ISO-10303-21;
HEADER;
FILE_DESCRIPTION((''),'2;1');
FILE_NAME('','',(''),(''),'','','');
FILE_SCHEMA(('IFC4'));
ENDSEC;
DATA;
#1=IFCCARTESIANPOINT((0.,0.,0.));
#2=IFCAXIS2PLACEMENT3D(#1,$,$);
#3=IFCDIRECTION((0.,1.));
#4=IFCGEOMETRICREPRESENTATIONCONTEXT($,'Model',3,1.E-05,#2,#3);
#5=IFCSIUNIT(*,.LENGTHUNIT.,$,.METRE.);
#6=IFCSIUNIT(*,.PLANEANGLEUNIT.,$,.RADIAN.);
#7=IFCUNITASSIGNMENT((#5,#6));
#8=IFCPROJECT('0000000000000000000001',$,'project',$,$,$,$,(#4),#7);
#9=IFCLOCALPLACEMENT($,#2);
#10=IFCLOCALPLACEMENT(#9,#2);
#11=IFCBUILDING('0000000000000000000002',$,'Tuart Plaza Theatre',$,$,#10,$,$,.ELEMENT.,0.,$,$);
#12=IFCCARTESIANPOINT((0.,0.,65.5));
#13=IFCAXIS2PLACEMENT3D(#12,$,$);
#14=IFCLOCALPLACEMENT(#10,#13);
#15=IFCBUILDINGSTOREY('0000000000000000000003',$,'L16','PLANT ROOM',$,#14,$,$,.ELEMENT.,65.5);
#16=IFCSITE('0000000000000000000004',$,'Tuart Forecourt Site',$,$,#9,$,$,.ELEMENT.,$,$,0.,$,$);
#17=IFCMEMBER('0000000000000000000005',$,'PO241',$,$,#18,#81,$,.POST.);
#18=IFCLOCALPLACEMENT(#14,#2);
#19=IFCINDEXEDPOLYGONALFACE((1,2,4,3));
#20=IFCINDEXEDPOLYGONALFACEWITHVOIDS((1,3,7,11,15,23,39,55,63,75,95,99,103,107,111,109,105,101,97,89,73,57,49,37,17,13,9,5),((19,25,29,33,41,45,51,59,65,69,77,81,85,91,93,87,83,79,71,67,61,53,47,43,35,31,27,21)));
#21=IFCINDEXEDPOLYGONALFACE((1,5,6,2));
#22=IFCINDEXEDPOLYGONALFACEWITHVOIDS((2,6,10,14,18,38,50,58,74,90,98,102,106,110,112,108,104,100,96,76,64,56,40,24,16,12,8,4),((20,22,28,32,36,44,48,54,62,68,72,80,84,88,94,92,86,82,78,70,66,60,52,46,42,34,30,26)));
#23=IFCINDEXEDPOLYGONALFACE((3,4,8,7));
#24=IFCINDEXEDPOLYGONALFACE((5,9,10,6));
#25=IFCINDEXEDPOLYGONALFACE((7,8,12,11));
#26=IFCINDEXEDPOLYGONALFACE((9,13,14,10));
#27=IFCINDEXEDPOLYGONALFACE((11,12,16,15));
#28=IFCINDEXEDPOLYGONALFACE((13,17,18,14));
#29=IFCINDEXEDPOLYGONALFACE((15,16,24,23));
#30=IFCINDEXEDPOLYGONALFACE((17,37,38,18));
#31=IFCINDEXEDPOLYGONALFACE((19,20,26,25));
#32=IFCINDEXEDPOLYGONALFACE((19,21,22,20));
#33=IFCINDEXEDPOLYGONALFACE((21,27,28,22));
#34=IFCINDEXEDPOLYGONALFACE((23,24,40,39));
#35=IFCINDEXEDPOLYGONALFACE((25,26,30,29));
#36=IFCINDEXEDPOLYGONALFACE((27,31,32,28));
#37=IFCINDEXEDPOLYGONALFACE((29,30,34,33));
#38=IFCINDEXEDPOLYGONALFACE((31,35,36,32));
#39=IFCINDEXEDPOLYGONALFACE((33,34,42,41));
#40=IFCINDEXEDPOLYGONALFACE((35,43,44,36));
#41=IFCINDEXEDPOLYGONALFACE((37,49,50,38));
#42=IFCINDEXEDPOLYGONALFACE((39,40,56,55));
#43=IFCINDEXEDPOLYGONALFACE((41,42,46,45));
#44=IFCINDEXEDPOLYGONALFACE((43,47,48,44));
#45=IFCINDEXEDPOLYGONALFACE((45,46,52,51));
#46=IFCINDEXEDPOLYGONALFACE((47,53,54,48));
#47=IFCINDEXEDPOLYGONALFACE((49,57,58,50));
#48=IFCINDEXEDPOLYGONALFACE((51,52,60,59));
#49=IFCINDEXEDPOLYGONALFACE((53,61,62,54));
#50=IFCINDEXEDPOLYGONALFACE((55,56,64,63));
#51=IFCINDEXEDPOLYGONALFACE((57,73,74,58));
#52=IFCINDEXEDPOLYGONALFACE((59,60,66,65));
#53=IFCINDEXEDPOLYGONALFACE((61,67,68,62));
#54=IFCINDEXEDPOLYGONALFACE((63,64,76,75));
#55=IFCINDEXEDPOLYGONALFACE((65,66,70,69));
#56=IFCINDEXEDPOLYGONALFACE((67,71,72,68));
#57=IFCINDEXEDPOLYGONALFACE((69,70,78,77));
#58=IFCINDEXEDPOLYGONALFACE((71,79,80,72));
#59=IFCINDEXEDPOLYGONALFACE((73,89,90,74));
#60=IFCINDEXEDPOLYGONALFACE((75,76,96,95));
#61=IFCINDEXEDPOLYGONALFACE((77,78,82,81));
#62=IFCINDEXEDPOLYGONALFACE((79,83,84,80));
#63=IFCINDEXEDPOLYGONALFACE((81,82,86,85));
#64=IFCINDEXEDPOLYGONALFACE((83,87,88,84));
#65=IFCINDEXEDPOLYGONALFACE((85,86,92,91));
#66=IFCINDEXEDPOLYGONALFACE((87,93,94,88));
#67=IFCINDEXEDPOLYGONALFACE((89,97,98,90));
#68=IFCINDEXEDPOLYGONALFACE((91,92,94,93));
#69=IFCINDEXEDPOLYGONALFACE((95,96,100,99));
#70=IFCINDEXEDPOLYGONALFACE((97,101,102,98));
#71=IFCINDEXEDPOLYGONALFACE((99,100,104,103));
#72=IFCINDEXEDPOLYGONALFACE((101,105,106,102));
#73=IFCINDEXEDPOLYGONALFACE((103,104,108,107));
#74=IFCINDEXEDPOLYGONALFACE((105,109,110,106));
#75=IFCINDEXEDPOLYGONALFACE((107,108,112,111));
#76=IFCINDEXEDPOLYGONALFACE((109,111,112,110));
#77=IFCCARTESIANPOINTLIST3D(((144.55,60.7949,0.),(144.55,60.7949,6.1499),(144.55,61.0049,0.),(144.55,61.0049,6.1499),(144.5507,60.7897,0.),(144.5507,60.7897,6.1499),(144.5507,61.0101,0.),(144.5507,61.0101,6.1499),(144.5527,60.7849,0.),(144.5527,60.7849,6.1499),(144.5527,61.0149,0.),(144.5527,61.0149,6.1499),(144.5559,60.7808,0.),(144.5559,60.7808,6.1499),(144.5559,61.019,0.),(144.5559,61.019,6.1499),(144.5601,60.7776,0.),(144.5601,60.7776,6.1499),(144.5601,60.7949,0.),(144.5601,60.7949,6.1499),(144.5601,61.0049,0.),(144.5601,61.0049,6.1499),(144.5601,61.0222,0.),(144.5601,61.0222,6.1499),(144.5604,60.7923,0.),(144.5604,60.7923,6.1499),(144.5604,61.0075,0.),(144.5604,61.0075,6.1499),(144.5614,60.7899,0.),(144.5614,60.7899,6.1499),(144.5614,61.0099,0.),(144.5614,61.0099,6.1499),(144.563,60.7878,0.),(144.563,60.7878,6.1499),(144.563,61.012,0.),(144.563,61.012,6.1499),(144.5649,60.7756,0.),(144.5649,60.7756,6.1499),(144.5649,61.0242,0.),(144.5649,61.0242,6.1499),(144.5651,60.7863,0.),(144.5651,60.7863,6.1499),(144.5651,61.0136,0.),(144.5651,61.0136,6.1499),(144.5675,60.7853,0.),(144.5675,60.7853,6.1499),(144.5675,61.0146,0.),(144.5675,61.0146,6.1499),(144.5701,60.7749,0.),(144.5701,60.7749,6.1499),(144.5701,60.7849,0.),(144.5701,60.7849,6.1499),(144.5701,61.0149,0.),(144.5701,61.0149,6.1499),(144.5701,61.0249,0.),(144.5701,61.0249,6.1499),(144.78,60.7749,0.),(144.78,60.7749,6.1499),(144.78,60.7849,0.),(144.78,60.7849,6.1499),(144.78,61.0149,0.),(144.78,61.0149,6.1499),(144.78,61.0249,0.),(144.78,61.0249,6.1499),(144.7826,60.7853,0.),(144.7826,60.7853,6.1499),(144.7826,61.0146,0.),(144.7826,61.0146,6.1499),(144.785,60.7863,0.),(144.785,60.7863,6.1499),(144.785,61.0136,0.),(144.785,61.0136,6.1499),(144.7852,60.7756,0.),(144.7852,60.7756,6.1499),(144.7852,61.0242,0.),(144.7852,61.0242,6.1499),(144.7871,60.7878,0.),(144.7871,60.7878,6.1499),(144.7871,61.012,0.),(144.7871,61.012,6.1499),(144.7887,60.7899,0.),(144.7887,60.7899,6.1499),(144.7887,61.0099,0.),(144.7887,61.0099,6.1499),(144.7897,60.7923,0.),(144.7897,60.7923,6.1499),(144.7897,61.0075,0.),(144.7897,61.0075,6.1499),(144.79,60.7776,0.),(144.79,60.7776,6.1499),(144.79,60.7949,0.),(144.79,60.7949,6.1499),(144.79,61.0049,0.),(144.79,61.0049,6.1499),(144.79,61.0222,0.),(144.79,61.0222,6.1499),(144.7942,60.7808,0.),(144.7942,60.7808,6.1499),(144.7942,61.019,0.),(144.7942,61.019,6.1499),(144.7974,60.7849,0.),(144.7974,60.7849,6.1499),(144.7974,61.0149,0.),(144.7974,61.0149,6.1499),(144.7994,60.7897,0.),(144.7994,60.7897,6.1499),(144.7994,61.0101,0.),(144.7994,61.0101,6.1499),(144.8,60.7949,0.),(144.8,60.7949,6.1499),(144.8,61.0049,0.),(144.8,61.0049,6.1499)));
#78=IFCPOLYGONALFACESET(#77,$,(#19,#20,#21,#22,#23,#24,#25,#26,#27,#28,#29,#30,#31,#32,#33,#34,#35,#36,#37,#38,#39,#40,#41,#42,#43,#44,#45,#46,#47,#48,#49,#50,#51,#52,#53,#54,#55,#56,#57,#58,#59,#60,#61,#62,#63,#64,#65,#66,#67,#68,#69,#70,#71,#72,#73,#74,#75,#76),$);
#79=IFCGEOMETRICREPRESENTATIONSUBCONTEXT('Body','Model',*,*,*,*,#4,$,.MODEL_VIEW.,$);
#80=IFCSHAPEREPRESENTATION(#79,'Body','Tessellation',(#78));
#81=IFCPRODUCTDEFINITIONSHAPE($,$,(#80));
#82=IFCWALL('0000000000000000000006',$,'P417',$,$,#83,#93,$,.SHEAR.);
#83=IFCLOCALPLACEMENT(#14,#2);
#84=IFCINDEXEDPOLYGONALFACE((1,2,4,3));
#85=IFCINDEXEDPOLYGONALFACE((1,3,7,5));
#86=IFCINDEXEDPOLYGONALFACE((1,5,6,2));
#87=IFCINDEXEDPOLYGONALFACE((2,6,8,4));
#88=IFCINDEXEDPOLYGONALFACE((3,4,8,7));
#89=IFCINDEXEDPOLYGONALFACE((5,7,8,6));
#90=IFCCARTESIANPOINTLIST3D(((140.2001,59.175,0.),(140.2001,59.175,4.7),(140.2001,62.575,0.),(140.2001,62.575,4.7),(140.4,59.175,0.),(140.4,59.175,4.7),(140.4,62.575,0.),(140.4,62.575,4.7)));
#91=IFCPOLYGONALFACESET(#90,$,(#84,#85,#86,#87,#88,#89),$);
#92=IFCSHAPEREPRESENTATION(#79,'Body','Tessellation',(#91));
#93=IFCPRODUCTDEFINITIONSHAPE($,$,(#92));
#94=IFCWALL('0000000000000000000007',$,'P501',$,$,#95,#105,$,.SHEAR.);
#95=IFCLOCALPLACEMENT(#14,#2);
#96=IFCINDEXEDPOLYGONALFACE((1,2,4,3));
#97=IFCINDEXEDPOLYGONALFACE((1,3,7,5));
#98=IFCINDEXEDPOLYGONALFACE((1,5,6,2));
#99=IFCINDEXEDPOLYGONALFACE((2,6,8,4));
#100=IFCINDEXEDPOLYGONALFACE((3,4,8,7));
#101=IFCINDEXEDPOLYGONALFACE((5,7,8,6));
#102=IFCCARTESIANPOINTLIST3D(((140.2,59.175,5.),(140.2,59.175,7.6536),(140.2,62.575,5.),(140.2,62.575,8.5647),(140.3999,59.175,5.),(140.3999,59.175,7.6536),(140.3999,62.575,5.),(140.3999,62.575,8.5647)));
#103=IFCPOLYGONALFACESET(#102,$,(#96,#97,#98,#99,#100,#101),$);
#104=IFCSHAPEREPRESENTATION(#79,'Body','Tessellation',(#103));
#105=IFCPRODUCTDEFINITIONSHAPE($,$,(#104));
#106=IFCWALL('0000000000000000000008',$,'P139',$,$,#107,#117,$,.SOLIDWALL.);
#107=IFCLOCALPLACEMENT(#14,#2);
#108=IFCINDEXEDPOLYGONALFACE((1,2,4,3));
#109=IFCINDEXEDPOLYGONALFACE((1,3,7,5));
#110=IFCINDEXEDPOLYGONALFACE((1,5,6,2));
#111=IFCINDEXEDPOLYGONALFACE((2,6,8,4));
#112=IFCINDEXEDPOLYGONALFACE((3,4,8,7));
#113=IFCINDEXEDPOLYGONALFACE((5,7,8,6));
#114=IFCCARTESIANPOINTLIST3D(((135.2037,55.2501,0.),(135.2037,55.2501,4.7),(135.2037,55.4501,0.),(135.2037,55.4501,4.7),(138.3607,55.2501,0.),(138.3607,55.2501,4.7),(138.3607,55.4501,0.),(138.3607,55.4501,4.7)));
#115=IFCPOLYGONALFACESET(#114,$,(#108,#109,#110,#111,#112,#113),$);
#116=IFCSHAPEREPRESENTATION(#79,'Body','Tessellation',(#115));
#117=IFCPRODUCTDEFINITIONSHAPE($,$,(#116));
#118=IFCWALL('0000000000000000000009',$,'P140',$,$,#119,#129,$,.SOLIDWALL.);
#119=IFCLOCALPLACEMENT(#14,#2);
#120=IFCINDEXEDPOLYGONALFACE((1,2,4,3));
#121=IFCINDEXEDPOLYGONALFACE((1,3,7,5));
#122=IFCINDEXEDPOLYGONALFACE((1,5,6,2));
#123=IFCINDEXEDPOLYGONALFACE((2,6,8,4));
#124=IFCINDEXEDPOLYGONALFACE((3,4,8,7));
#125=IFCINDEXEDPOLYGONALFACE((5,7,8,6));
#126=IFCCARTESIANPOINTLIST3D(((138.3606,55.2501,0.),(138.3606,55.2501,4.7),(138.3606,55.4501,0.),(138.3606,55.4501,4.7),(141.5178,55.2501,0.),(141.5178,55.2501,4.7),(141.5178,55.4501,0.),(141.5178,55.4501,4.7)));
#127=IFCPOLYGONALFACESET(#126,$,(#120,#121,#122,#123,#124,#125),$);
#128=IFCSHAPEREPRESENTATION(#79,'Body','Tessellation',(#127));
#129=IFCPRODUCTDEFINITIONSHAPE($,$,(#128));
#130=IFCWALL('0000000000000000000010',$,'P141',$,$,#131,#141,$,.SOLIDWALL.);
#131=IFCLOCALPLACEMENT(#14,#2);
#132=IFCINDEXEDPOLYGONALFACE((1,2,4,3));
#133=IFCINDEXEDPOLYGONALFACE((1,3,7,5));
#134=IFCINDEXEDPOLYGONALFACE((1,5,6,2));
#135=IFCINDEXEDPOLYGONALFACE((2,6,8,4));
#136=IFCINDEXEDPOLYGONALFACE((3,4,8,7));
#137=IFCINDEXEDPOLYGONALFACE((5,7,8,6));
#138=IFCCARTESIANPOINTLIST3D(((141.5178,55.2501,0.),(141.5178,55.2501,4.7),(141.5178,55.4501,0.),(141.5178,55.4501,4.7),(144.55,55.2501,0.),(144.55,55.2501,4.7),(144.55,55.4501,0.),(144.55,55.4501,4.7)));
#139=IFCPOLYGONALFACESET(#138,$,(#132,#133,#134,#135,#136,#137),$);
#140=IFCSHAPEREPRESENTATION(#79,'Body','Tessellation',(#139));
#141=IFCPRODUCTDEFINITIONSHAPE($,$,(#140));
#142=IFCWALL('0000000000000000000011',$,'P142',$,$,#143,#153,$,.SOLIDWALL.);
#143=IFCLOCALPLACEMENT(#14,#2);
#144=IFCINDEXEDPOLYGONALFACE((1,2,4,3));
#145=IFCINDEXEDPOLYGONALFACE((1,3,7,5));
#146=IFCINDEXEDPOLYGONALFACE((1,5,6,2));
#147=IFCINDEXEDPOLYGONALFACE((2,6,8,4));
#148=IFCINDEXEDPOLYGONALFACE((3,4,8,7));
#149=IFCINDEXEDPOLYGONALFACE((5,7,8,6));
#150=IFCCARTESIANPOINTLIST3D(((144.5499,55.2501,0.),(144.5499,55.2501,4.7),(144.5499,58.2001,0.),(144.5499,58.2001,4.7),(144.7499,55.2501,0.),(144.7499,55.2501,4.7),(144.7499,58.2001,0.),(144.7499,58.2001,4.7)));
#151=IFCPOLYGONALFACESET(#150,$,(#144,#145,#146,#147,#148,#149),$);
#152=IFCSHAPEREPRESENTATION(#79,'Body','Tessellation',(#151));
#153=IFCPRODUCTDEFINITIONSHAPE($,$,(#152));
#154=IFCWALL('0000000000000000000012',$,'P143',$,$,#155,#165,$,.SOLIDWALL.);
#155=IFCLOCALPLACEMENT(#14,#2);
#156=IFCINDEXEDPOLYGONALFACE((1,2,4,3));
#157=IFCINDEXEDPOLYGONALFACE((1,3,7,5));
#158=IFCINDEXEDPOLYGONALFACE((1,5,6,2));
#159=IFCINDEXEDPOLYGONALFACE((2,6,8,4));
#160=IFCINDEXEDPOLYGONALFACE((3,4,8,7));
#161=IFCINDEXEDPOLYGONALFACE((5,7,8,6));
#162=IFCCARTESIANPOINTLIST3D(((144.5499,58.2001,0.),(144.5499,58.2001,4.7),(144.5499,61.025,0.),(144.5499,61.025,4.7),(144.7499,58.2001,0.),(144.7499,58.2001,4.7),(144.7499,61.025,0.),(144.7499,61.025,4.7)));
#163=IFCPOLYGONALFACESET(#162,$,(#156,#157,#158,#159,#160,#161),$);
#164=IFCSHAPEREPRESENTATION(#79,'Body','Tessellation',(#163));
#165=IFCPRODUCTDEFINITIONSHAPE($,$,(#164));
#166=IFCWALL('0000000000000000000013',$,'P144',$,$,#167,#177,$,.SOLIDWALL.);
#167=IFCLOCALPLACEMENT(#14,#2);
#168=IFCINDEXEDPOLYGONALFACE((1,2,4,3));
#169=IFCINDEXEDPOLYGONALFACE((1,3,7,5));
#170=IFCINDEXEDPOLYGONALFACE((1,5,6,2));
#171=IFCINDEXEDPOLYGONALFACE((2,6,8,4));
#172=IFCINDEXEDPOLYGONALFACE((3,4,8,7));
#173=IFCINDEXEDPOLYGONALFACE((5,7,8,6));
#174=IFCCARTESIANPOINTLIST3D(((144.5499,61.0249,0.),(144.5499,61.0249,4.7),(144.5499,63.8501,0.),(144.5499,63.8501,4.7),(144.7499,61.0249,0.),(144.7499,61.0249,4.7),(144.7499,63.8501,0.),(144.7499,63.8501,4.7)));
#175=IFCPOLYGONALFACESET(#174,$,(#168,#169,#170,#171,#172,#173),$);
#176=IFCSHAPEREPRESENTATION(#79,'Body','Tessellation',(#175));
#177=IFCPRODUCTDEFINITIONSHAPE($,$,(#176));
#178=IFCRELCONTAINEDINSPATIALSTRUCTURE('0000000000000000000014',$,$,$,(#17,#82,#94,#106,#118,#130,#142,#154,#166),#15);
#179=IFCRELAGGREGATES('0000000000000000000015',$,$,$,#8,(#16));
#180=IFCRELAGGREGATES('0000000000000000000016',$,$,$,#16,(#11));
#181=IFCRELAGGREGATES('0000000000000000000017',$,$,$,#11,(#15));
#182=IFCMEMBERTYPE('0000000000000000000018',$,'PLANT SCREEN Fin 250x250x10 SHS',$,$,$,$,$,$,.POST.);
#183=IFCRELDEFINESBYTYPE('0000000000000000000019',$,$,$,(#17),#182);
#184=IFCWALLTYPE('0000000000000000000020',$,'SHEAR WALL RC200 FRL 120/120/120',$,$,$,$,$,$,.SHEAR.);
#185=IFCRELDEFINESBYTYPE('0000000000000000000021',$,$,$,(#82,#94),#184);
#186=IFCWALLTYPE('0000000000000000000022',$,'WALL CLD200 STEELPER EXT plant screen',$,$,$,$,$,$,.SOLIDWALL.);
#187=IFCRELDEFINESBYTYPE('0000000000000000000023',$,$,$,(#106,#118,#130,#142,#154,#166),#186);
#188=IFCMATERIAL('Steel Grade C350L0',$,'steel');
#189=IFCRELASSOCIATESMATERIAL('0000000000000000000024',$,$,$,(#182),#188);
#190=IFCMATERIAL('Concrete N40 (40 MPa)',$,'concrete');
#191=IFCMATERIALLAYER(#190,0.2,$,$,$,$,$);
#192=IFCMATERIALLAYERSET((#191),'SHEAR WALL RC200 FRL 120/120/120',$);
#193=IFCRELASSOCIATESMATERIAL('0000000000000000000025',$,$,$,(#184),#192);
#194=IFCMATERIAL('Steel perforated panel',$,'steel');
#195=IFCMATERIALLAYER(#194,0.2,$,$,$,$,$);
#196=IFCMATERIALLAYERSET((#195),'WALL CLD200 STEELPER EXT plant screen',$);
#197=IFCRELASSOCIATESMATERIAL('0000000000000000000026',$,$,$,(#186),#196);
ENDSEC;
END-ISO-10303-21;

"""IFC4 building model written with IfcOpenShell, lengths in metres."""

from ifc_helpers import new_model, si_unit, direction, frame, frame_2d, origin, origin_2d, place, context, subcontext, project, spatial, polyline, rectangle, hollow_rectangle, outline, extrude, material, layer, layer_set, material_profile, profile_set, type_object, element, save


model = new_model("IFC4")

# Units and contexts
model_context = context("Model", 3, precision=1e-05, world=origin(), true_north=direction((0.0, 1.0)))
body_context = subcontext(model_context, "Body", "Model", "MODEL_VIEW")
ifc_project = project(units=[si_unit("LENGTHUNIT", "METRE"), si_unit("PLANEANGLEUNIT", "RADIAN")], contexts=[model_context])

# Site, building, storey
site_placement = place(None, origin())
site = spatial("IfcSite", under=ifc_project, at=site_placement, Name="Tuart Forecourt Site", CompositionType="ELEMENT", RefElevation=0.0)
building_placement = place(site_placement, origin())
building = spatial("IfcBuilding", under=site, at=building_placement, Name="Tuart Plaza Theatre", CompositionType="ELEMENT", ElevationOfRefHeight=0.0)
storey_placement = place(building_placement, frame((0.0, 0.0, 65.5)))
storey = spatial("IfcBuildingStorey", under=building, at=storey_placement, Name="L16", Description="PLANT ROOM", CompositionType="ELEMENT", Elevation=65.5)

# Member
ifc_material_1 = material(Name="Steel Grade C350L0", Category="steel")
ifc_material_profile_1 = material_profile(ifc_material_1, hollow_rectangle(XDim=0.25, YDim=0.25, WallThickness=0.01, InnerFilletRadius=0.01, OuterFilletRadius=0.02, at=origin_2d()), Name="250x250x10 SHS")
ifc_profile_set_1 = profile_set([ifc_material_profile_1], Name="Steel Grade C350L0")
member_type = type_object("IfcMemberType", Name="PLANT SCREEN Fin 250x250x10 SHS", PredefinedType="POST", material=ifc_profile_set_1)
for number, where, z_axis, x_axis, name in (
    (1, (144.675, 60.8999, 0.0), (0.0, 0.0, 1.0), (1.0, 0.0, 0.0), "PO241"),
):
    element("IfcMember", number, at=place(storey_placement, frame(where, z_axis=z_axis, x_axis=x_axis)), inside=storey, type_object=member_type, Name=name, PredefinedType="POST", context=body_context, shape_type="SweptSolid", body=[
        extrude(hollow_rectangle(XDim=0.25, YDim=0.25, WallThickness=0.01, InnerFilletRadius=0.01, OuterFilletRadius=0.02, at=origin_2d()), origin(), (0.0, 0.0, 1.0), 6.1499),
    ])

# Walls
ifc_material_2 = material(Name="Concrete N40 (40 MPa)", Category="concrete")
ifc_layer_1 = layer(ifc_material_2, 0.2)
ifc_layer_set_1 = layer_set([ifc_layer_1], Name="SHEAR WALL RC200 FRL 120/120/120")
wall_type_1 = type_object("IfcWallType", Name="SHEAR WALL RC200 FRL 120/120/120", PredefinedType="SHEAR", material=ifc_layer_set_1)
wall_1_placement = place(storey_placement, frame((140.3, 59.175, 0.0), z_axis=(0.0, 0.0, 1.0), x_axis=(0.0, 1.0, 0.0)))
element("IfcWall", 2, at=wall_1_placement, inside=storey, type_object=wall_type_1, Name="P417", PredefinedType="SHEAR", context=body_context, shape_type="SweptSolid", body=[
    extrude(rectangle(XDim=3.3999, YDim=0.2, at=frame_2d((1.7, 0.0))), origin(), (0.0, 0.0, 1.0), 4.7),
])
wall_2_placement = place(storey_placement, frame((140.3, 59.175, 5.0), z_axis=(0.0, 0.0, 1.0), x_axis=(0.0, 1.0, 0.0)))
element("IfcWall", 3, at=wall_2_placement, inside=storey, type_object=wall_type_1, Name="P501", PredefinedType="SHEAR", context=body_context, shape_type="SweptSolid", body=[
    extrude(outline(polyline([(0.0, 0.0), (3.3999, 0.0), (3.3999, 3.5647), (0.0, 2.6536), (0.0, 0.0)])), frame((0.0, 0.1001, 0.0), z_axis=(0.0, -1.0, 0.0), x_axis=(1.0, 0.0, 0.0)), (0.0, 0.0, 1.0), 0.2),
])
ifc_material_3 = material(Name="Steel perforated panel", Category="steel")
ifc_layer_2 = layer(ifc_material_3, 0.2)
ifc_layer_set_2 = layer_set([ifc_layer_2], Name="WALL CLD200 STEELPER EXT plant screen")
wall_type_2 = type_object("IfcWallType", Name="WALL CLD200 STEELPER EXT plant screen", PredefinedType="SOLIDWALL", material=ifc_layer_set_2)
wall_3_placement = place(storey_placement, frame((135.2036, 55.3501, 0.0), z_axis=(0.0, 0.0, 1.0), x_axis=(1.0, 0.0, 0.0)))
element("IfcWall", 4, at=wall_3_placement, inside=storey, type_object=wall_type_2, Name="P139", PredefinedType="SOLIDWALL", context=body_context, shape_type="SweptSolid", body=[
    extrude(rectangle(XDim=3.157, YDim=0.2, at=frame_2d((1.5786, 0.0))), origin(), (0.0, 0.0, 1.0), 4.7),
])
wall_4_placement = place(storey_placement, frame((138.3606, 55.3501, 0.0), z_axis=(0.0, 0.0, 1.0), x_axis=(1.0, 0.0, 0.0)))
element("IfcWall", 5, at=wall_4_placement, inside=storey, type_object=wall_type_2, Name="P140", PredefinedType="SOLIDWALL", context=body_context, shape_type="SweptSolid", body=[
    extrude(rectangle(XDim=3.1572, YDim=0.2, at=frame_2d((1.5786, 0.0))), origin(), (0.0, 0.0, 1.0), 4.7),
])
wall_5_placement = place(storey_placement, frame((141.5178, 55.3501, 0.0), z_axis=(0.0, 0.0, 1.0), x_axis=(1.0, 0.0, 0.0)))
element("IfcWall", 6, at=wall_5_placement, inside=storey, type_object=wall_type_2, Name="P141", PredefinedType="SOLIDWALL", context=body_context, shape_type="SweptSolid", body=[
    extrude(rectangle(XDim=3.0322, YDim=0.2, at=frame_2d((1.5161, 0.0))), origin(), (0.0, 0.0, 1.0), 4.7),
])
wall_6_placement = place(storey_placement, frame((144.6499, 55.25, 0.0), z_axis=(0.0, 0.0, 1.0), x_axis=(0.0, 1.0, 0.0)))
element("IfcWall", 7, at=wall_6_placement, inside=storey, type_object=wall_type_2, Name="P142", PredefinedType="SOLIDWALL", context=body_context, shape_type="SweptSolid", body=[
    extrude(rectangle(XDim=2.95, YDim=0.2, at=frame_2d((1.4751, 0.0))), origin(), (0.0, 0.0, 1.0), 4.7),
])
wall_7_placement = place(storey_placement, frame((144.6499, 58.2, 0.0), z_axis=(0.0, 0.0, 1.0), x_axis=(0.0, 1.0, 0.0)))
element("IfcWall", 8, at=wall_7_placement, inside=storey, type_object=wall_type_2, Name="P143", PredefinedType="SOLIDWALL", context=body_context, shape_type="SweptSolid", body=[
    extrude(rectangle(XDim=2.825, YDim=0.2, at=frame_2d((1.4126, 0.0))), origin(), (0.0, 0.0, 1.0), 4.7),
])
wall_8_placement = place(storey_placement, frame((144.6499, 61.0249, 0.0), z_axis=(0.0, 0.0, 1.0), x_axis=(0.0, 1.0, 0.0)))
element("IfcWall", 9, at=wall_8_placement, inside=storey, type_object=wall_type_2, Name="P144", PredefinedType="SOLIDWALL", context=body_context, shape_type="SweptSolid", body=[
    extrude(rectangle(XDim=2.8252, YDim=0.2, at=frame_2d((1.4126, 0.0))), origin(), (0.0, 0.0, 1.0), 4.7),
])

save(model, "model.ifc")
